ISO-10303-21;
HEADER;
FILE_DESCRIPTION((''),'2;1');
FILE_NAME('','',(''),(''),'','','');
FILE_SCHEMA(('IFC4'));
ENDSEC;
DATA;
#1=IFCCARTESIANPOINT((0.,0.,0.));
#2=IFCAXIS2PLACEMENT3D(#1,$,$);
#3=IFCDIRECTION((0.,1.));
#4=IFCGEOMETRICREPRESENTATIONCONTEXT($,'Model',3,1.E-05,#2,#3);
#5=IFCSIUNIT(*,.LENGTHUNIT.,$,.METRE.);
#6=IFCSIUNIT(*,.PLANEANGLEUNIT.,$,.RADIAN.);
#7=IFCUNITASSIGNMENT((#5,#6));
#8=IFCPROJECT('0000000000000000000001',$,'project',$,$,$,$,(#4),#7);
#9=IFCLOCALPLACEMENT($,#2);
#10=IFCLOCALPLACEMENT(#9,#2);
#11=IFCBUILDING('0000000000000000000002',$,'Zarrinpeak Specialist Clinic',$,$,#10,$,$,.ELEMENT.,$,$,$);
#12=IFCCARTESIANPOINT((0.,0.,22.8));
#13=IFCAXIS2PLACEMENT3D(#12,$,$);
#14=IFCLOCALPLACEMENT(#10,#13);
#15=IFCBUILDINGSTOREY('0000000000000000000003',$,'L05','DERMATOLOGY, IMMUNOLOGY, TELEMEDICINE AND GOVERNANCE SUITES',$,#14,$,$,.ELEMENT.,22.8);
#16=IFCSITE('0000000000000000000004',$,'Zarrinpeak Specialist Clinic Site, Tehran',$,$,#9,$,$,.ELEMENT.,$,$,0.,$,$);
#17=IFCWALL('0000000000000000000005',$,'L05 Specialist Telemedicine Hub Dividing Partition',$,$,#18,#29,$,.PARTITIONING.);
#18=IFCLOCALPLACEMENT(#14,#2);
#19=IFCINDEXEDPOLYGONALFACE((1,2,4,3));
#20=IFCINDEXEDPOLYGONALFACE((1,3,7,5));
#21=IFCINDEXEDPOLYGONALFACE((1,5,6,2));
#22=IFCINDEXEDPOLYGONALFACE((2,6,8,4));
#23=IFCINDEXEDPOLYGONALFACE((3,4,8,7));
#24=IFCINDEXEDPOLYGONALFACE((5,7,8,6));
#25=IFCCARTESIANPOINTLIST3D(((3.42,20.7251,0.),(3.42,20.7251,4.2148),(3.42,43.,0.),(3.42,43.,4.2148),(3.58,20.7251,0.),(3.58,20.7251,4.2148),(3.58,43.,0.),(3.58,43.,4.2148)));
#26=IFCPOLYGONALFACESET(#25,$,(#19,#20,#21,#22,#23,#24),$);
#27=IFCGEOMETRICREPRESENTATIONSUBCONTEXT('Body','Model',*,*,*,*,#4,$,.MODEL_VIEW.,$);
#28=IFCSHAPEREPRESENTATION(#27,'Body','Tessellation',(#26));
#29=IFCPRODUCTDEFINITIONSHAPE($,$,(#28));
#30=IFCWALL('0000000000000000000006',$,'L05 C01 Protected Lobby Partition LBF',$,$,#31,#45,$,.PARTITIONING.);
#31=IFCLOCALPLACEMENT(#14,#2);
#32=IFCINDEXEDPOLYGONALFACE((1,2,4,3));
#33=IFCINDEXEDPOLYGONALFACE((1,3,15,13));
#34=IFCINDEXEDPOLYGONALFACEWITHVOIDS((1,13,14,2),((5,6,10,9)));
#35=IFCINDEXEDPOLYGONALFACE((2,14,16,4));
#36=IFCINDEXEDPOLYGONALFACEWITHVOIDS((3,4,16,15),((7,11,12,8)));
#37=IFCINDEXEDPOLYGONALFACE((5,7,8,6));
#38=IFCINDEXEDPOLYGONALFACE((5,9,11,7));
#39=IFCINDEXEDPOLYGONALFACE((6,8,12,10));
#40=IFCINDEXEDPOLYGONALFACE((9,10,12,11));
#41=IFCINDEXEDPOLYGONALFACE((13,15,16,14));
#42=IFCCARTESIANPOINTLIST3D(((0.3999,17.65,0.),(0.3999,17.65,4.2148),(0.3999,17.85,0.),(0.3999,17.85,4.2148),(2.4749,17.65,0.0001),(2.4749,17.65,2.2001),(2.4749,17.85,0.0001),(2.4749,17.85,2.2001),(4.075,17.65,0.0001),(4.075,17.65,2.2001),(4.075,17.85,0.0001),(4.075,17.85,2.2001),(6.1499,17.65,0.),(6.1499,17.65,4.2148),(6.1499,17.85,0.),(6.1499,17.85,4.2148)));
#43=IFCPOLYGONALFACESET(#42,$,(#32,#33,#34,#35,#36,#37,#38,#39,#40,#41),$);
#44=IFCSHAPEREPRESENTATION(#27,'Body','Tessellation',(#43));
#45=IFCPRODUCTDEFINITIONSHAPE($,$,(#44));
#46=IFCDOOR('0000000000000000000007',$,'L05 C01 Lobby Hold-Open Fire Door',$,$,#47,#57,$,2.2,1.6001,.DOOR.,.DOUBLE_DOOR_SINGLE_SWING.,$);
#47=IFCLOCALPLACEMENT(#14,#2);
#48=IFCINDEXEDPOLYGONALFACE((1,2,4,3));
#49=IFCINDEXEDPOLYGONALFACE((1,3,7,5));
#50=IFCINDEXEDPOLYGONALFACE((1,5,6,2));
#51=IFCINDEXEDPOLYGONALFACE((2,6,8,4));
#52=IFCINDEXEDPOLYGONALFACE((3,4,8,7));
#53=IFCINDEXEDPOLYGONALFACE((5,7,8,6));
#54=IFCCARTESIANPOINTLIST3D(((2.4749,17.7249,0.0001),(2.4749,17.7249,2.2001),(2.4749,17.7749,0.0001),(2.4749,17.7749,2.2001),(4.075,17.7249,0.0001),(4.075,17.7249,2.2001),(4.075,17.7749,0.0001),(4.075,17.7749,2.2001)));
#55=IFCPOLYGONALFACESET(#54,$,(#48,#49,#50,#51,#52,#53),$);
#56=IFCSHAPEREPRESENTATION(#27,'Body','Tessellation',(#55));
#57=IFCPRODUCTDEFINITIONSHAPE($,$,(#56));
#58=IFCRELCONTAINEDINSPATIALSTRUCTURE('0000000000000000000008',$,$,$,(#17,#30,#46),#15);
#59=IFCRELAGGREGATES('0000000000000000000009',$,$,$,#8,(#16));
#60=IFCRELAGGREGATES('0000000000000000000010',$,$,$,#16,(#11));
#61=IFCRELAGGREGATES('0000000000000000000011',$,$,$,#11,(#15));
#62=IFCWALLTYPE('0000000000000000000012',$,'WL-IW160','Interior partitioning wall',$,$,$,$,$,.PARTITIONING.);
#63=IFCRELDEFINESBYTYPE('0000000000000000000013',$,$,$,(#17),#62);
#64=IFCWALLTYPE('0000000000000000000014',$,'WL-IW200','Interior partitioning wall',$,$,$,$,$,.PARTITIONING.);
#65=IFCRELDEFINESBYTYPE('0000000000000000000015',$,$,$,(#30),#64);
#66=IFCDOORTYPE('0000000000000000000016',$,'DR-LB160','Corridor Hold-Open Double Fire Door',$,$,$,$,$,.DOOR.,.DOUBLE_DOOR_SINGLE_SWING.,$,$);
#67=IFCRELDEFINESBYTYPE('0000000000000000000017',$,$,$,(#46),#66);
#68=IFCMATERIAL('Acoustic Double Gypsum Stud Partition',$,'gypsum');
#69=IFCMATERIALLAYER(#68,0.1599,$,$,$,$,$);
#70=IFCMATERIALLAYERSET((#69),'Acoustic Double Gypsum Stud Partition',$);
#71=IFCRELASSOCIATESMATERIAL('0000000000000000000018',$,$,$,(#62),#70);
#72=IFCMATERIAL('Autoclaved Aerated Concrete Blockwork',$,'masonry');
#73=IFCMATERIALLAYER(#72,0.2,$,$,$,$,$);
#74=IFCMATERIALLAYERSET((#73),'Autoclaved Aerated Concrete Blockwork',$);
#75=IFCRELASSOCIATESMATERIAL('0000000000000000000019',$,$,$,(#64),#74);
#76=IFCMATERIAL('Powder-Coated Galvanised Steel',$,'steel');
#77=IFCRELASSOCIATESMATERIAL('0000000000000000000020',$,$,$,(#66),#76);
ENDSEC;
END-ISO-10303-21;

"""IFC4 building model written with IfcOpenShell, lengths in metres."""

from ifc_helpers import new_model, si_unit, direction, frame, frame_2d, origin, place, context, subcontext, project, spatial, rectangle, extrude, material, layer, layer_set, type_object, element, fill, save


model = new_model("IFC4")

# Units and contexts
model_context = context("Model", 3, precision=1e-05, world=origin(), true_north=direction((0.0, 1.0)))
body_context = subcontext(model_context, "Body", "Model", "MODEL_VIEW")
ifc_project = project(units=[si_unit("LENGTHUNIT", "METRE"), si_unit("PLANEANGLEUNIT", "RADIAN")], contexts=[model_context])

# Site, building, storey
site_placement = place(None, origin())
site = spatial("IfcSite", under=ifc_project, at=site_placement, Name="Zarrinpeak Specialist Clinic Site, Tehran", CompositionType="ELEMENT", RefElevation=0.0)
building_placement = place(site_placement, origin())
building = spatial("IfcBuilding", under=site, at=building_placement, Name="Zarrinpeak Specialist Clinic", CompositionType="ELEMENT")
storey_placement = place(building_placement, frame((0.0, 0.0, 22.8)))
storey = spatial("IfcBuildingStorey", under=building, at=storey_placement, Name="L05", Description="DERMATOLOGY, IMMUNOLOGY, TELEMEDICINE AND GOVERNANCE SUITES", CompositionType="ELEMENT", Elevation=22.8)

# Shared definitions
ifc_material_1 = material(Name="Powder-Coated Galvanised Steel", Category="steel")

# Wall
ifc_material_2 = material(Name="Acoustic Double Gypsum Stud Partition", Category="gypsum")
ifc_layer_1 = layer(ifc_material_2, 0.1599)
ifc_layer_set_1 = layer_set([ifc_layer_1], Name="Acoustic Double Gypsum Stud Partition")
wall_type_1 = type_object("IfcWallType", Name="WL-IW160", Description="Interior partitioning wall", PredefinedType="PARTITIONING", material=ifc_layer_set_1)
wall_1_placement = place(storey_placement, frame((3.5, 20.7251, 0.0), z_axis=(0.0, 0.0, 1.0), x_axis=(0.0, 1.0, 0.0)))
element("IfcWall", 1, at=wall_1_placement, inside=storey, type_object=wall_type_1, Name="L05 Specialist Telemedicine Hub Dividing Partition", PredefinedType="PARTITIONING", context=body_context, shape_type="SweptSolid", body=[
    extrude(rectangle(XDim=22.2749, YDim=0.1599, at=frame_2d((11.1375, 0.0))), origin(), (0.0, 0.0, 1.0), 4.2148),
])

# Wall, opening, door
ifc_material_3 = material(Name="Autoclaved Aerated Concrete Blockwork", Category="masonry")
ifc_layer_2 = layer(ifc_material_3, 0.2)
ifc_layer_set_2 = layer_set([ifc_layer_2], Name="Autoclaved Aerated Concrete Blockwork")
wall_type_2 = type_object("IfcWallType", Name="WL-IW200", Description="Interior partitioning wall", PredefinedType="PARTITIONING", material=ifc_layer_set_2)
wall_2_placement = place(storey_placement, frame((0.3999, 17.75, 0.0), z_axis=(0.0, 0.0, 1.0), x_axis=(1.0, 0.0, 0.0)))
wall_2 = element("IfcWall", 2, at=wall_2_placement, inside=storey, type_object=wall_type_2, Name="L05 C01 Protected Lobby Partition LBF", PredefinedType="PARTITIONING", context=body_context, shape_type="SweptSolid", body=[
    extrude(rectangle(XDim=5.75, YDim=0.2, at=frame_2d((2.875, 0.0))), origin(), (0.0, 0.0, 1.0), 4.2148),
])
opening_1_placement = place(wall_2_placement, frame((2.075, 0.0, 0.0)))
opening_1 = element("IfcOpeningElement", 3, at=opening_1_placement, cuts=wall_2, PredefinedType="OPENING", context=body_context, shape_type="SweptSolid", body=[
    extrude(rectangle(XDim=1.6001, YDim=2.2, at=frame_2d((0.8, 1.1001))), frame((0.0, 0.1099, 0.0), z_axis=(0.0, -1.0, 0.0), x_axis=(1.0, 0.0, 0.0)), (0.0, 0.0, 1.0), 0.22),
])
door_type_1 = type_object("IfcDoorType", Name="DR-LB160", Description="Corridor Hold-Open Double Fire Door", OperationType="DOUBLE_DOOR_SINGLE_SWING", PredefinedType="DOOR", material=ifc_material_1)
door_1_placement = place(opening_1_placement, origin())
door_1 = element("IfcDoor", 4, at=door_1_placement, inside=storey, type_object=door_type_1, Name="L05 C01 Lobby Hold-Open Fire Door", OperationType="DOUBLE_DOOR_SINGLE_SWING", OverallHeight=2.2, OverallWidth=1.6001, PredefinedType="DOOR", context=body_context, shape_type="SweptSolid", body=[
    extrude(rectangle(XDim=1.6001, YDim=2.2, at=frame_2d((0.8, 1.1001))), frame((0.0, 0.0249, 0.0), z_axis=(0.0, -1.0, 0.0), x_axis=(1.0, 0.0, 0.0)), (0.0, 0.0, 1.0), 0.05),
])
fill(opening_1, door_1)

save(model, "model.ifc")
